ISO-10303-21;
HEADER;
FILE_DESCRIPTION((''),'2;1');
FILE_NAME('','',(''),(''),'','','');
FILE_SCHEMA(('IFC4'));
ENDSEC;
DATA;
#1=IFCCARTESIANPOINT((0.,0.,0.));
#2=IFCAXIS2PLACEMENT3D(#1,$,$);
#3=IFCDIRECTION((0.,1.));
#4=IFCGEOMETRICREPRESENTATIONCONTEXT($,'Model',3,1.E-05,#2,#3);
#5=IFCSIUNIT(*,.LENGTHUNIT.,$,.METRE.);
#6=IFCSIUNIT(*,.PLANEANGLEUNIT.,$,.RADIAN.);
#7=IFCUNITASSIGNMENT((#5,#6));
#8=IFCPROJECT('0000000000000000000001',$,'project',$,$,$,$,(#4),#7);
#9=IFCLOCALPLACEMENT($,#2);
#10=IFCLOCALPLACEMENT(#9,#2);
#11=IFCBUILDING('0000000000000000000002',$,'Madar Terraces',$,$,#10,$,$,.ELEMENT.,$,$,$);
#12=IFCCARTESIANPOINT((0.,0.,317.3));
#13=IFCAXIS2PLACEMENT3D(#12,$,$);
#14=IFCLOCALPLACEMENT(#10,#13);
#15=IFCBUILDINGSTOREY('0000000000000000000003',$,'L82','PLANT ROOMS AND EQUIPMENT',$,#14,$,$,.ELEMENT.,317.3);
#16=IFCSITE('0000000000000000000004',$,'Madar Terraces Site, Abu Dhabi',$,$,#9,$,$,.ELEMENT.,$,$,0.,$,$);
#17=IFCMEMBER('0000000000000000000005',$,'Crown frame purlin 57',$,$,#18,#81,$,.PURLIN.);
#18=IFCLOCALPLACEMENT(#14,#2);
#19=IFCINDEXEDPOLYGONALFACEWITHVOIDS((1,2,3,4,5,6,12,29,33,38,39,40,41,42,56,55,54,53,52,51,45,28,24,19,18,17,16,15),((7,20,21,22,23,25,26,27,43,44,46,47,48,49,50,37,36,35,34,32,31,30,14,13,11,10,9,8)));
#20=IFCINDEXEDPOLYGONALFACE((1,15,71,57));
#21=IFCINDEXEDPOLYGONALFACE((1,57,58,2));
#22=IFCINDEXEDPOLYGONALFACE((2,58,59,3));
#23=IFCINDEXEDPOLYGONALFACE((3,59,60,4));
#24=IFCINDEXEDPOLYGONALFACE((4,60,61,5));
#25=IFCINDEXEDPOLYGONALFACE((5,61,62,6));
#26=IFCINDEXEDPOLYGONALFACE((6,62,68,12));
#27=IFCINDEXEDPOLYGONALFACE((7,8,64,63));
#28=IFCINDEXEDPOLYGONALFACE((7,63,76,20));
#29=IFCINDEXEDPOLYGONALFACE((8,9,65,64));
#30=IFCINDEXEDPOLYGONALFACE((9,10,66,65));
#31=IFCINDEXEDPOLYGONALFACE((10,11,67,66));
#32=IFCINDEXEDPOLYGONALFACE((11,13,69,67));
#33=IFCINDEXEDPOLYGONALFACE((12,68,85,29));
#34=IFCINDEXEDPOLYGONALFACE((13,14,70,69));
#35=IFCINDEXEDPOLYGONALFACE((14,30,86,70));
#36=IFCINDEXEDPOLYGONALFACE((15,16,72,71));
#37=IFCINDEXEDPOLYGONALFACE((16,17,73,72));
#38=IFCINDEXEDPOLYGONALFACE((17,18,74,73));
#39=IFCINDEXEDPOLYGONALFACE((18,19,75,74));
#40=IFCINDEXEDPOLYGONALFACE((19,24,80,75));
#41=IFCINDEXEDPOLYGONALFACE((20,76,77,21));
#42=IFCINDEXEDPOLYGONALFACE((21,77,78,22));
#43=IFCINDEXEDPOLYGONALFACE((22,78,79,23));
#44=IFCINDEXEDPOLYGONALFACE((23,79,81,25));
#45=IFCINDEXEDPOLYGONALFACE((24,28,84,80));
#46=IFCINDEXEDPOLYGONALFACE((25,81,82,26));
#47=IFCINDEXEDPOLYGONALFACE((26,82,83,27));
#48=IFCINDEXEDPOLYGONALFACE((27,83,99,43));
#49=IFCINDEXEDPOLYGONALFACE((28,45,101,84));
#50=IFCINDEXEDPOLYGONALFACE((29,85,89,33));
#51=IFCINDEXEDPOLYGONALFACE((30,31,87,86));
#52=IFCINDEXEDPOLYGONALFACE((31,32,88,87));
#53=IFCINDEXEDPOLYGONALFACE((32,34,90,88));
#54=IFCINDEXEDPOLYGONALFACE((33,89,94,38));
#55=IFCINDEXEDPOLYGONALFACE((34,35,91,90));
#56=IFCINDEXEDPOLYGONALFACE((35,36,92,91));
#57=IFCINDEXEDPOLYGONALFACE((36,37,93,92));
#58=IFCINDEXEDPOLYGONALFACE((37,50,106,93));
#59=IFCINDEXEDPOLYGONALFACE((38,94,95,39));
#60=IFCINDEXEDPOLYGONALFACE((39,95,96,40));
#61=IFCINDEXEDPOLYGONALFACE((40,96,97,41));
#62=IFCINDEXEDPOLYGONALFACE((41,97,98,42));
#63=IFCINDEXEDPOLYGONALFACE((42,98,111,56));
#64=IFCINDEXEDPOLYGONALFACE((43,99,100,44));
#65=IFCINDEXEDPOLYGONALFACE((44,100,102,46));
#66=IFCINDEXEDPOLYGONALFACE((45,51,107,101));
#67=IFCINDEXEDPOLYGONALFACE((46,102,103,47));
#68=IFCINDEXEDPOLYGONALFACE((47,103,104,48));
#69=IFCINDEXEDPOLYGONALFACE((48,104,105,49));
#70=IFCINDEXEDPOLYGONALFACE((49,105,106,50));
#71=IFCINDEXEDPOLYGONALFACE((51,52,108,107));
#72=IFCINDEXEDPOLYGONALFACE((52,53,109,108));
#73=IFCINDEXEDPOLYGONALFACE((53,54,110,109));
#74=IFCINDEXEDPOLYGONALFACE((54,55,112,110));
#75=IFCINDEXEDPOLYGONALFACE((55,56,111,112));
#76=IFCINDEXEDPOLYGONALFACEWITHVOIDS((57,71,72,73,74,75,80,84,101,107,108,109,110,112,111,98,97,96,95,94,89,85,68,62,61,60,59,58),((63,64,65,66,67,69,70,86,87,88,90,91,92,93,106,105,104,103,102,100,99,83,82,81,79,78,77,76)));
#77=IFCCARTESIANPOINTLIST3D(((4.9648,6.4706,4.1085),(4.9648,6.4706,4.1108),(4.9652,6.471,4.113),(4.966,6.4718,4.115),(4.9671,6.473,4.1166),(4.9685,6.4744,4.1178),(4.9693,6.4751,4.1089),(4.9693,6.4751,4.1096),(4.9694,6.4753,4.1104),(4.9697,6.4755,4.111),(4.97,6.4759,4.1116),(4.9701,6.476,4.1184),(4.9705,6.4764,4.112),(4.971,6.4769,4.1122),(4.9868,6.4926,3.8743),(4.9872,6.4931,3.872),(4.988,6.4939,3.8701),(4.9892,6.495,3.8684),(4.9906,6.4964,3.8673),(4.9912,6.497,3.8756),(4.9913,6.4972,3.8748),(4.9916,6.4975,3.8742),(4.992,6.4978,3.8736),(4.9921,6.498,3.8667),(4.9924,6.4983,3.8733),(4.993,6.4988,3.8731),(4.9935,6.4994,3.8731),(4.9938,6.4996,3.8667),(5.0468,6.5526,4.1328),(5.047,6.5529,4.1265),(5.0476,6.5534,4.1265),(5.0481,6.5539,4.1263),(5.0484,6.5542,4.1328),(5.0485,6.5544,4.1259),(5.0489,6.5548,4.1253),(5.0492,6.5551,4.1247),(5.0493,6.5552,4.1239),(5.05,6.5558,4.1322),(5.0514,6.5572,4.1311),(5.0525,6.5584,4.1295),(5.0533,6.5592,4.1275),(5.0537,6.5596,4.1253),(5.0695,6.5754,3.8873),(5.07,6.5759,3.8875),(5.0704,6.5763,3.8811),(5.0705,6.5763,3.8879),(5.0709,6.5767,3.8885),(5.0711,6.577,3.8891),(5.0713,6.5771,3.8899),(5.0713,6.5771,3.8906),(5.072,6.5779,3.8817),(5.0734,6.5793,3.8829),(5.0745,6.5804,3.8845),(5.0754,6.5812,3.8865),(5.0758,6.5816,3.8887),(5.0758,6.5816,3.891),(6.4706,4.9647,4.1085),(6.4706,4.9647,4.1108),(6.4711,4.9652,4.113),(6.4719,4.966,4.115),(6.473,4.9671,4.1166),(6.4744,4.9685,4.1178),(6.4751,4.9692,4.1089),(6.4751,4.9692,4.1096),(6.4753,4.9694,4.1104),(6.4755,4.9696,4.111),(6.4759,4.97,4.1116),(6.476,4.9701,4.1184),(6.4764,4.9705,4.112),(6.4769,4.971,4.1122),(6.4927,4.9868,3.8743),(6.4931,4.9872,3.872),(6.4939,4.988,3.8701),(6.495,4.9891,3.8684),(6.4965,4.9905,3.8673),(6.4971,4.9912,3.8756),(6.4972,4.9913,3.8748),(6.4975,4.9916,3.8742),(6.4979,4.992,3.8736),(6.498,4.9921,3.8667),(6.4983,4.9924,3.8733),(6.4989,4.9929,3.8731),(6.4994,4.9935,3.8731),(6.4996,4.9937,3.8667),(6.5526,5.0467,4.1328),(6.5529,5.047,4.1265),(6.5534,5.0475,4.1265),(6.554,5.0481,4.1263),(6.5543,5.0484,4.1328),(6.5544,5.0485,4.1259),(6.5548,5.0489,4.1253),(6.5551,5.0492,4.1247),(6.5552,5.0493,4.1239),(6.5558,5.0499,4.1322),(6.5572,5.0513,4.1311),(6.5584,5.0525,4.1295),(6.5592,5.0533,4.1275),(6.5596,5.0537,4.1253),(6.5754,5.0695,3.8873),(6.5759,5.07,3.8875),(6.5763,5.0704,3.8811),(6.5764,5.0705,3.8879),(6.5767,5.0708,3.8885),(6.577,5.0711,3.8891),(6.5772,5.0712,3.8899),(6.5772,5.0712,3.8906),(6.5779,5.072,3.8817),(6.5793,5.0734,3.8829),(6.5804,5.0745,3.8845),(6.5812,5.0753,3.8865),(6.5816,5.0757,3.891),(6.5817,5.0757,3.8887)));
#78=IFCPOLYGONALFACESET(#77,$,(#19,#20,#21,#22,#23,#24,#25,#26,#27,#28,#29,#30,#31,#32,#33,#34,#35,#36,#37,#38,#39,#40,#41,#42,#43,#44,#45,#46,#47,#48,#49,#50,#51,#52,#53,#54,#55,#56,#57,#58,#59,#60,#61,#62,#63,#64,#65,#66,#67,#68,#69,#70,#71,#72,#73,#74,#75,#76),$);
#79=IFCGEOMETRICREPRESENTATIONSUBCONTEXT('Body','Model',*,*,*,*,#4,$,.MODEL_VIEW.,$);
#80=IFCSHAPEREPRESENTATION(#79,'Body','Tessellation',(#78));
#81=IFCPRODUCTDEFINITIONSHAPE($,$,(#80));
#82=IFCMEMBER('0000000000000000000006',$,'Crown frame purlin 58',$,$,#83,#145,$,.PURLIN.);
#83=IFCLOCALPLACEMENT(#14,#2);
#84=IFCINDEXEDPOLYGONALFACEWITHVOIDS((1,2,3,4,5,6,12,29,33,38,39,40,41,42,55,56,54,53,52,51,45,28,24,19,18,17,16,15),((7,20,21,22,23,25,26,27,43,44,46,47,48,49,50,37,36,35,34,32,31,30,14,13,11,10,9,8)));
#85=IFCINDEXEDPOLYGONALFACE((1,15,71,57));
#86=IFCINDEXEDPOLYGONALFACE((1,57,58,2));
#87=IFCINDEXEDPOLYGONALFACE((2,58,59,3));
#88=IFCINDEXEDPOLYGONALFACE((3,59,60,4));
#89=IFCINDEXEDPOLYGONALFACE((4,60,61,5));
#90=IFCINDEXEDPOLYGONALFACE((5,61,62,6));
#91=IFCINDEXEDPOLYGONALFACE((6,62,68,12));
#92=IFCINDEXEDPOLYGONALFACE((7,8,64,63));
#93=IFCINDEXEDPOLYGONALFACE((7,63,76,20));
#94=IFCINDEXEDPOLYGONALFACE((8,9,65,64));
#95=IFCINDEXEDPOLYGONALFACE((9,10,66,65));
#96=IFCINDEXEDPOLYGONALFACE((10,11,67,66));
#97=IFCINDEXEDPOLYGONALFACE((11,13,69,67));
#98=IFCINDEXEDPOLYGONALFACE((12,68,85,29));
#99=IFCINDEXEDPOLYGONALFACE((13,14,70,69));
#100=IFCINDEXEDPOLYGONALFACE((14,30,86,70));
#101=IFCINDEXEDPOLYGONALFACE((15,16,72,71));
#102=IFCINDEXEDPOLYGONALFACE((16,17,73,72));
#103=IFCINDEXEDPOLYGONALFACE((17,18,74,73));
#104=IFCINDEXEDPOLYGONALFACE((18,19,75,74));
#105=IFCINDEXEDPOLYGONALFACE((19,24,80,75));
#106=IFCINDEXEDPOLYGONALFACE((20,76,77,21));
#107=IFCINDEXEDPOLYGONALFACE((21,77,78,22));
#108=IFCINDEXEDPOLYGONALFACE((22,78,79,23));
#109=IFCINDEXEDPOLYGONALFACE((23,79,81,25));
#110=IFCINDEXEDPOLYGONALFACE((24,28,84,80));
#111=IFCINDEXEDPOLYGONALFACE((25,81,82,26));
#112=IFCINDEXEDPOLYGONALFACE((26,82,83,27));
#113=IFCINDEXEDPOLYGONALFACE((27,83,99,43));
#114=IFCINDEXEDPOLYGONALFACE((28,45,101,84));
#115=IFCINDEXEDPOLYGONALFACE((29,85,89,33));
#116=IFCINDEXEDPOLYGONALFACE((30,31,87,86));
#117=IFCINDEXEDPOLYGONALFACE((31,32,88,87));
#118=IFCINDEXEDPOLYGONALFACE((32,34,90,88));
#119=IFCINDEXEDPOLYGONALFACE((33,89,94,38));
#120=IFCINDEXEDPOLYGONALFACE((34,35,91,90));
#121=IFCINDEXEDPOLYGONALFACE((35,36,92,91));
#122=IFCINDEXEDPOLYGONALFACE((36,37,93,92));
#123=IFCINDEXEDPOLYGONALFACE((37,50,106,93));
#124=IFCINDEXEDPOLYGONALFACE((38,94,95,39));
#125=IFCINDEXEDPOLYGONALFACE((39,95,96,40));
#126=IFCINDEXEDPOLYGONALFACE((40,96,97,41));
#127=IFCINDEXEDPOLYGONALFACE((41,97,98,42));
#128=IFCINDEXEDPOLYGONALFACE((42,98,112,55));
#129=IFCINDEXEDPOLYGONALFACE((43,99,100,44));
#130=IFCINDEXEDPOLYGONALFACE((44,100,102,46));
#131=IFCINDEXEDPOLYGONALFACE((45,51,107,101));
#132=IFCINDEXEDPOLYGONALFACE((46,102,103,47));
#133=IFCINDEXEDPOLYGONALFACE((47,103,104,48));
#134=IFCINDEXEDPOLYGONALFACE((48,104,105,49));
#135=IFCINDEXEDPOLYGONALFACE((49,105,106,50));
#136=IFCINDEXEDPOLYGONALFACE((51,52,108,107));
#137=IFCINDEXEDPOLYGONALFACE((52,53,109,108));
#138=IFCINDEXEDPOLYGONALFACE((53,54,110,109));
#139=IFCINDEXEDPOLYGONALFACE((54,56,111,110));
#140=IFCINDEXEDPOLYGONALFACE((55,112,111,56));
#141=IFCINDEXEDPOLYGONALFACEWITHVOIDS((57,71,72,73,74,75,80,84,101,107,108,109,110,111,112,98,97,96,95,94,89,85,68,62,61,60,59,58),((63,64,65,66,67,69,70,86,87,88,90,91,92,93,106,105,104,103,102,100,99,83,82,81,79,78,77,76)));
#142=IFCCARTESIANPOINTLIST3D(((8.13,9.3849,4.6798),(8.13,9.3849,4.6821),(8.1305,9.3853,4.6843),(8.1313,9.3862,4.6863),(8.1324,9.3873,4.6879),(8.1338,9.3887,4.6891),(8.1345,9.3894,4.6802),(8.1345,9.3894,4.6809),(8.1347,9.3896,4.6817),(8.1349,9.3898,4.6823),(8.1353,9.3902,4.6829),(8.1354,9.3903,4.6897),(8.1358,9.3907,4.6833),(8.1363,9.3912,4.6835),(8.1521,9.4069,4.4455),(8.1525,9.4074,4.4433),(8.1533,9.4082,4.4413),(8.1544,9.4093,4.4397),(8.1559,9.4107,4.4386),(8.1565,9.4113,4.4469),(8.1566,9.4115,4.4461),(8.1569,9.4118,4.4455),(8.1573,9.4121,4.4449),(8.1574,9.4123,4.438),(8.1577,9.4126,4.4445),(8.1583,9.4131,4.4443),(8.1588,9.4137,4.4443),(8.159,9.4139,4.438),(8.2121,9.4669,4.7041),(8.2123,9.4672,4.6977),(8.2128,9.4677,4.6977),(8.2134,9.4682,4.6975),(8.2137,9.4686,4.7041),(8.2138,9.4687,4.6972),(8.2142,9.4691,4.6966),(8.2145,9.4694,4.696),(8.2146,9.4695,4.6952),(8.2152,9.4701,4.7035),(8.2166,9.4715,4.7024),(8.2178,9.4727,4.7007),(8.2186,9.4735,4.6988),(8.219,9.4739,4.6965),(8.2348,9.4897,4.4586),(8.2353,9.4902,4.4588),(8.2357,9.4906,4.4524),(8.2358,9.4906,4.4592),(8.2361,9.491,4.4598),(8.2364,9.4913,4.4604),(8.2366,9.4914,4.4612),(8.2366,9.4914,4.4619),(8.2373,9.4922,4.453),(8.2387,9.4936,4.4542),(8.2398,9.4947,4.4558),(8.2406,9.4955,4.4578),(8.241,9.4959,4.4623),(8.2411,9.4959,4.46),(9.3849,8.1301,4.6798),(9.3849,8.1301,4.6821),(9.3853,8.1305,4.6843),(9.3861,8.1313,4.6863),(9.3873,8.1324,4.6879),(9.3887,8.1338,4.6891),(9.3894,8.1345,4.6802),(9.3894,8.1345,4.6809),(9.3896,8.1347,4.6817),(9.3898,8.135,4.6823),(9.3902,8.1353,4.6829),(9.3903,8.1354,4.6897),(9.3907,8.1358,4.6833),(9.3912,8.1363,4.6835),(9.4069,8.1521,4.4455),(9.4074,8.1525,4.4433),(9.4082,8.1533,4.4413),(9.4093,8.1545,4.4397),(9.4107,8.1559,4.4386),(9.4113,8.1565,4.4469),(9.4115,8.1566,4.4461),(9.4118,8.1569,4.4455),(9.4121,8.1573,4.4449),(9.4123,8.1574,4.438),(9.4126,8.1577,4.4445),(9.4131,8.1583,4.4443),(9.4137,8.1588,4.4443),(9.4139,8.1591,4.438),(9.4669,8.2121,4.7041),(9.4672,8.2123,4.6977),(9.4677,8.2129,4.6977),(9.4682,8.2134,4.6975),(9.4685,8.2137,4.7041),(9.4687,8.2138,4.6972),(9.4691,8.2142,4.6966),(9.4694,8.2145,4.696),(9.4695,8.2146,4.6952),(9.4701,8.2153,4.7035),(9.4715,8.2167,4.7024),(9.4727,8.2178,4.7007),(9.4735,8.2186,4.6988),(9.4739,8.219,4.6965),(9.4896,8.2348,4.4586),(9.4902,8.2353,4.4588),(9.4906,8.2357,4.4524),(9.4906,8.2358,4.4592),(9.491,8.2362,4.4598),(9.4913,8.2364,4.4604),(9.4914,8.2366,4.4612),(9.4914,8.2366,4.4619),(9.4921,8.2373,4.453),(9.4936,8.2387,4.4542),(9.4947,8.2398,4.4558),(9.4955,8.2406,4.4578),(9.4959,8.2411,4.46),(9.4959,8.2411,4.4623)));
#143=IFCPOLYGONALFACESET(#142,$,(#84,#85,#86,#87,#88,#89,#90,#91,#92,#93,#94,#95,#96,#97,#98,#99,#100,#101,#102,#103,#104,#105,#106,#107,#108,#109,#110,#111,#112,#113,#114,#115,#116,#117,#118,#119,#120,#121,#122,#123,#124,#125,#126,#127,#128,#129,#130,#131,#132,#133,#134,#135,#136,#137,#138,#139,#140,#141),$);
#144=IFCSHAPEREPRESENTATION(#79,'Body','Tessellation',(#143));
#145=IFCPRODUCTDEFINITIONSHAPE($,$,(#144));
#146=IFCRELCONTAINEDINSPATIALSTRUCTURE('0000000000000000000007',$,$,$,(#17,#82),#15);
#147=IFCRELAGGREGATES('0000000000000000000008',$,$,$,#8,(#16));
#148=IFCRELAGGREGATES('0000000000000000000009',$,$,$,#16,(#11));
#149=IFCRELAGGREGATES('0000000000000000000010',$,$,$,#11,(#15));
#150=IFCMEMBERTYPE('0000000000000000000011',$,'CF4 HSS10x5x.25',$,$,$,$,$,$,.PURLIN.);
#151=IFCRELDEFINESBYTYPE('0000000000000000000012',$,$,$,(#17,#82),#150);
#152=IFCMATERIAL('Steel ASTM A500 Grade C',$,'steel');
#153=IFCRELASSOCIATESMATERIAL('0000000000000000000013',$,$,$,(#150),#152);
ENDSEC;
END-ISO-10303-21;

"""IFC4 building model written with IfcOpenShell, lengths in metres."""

from ifc_helpers import new_model, si_unit, direction, frame, origin, origin_2d, place, context, subcontext, project, spatial, hollow_rectangle, extrude, material, material_profile, profile_set, type_object, element, save


model = new_model("IFC4")

# Units and contexts
model_context = context("Model", 3, precision=1e-05, world=origin(), true_north=direction((0.0, 1.0)))
body_context = subcontext(model_context, "Body", "Model", "MODEL_VIEW")
ifc_project = project(units=[si_unit("LENGTHUNIT", "METRE"), si_unit("PLANEANGLEUNIT", "RADIAN")], contexts=[model_context])

# Site, building, storey
site_placement = place(None, origin())
site = spatial("IfcSite", under=ifc_project, at=site_placement, Name="Madar Terraces Site, Abu Dhabi", CompositionType="ELEMENT", RefElevation=0.0)
building_placement = place(site_placement, origin())
building = spatial("IfcBuilding", under=site, at=building_placement, Name="Madar Terraces", CompositionType="ELEMENT")
storey_placement = place(building_placement, frame((0.0, 0.0, 317.3)))
storey = spatial("IfcBuildingStorey", under=building, at=storey_placement, Name="L82", Description="PLANT ROOMS AND EQUIPMENT", CompositionType="ELEMENT", Elevation=317.3)

# Members
ifc_material_1 = material(Name="Steel ASTM A500 Grade C", Category="steel")
ifc_material_profile_1 = material_profile(ifc_material_1, hollow_rectangle(XDim=0.127, YDim=0.2539, WallThickness=0.0063, InnerFilletRadius=0.0029, OuterFilletRadius=0.0088, at=origin_2d()), Name="HSS10x5x.25")
ifc_profile_set_1 = profile_set([ifc_material_profile_1], Name="Steel ASTM A500 Grade C")
member_type_1 = type_object("IfcMemberType", Name="CF4 HSS10x5x.25", PredefinedType="PURLIN", material=ifc_profile_set_1)
member_1_placement = place(storey_placement, frame((5.0203, 6.5261, 3.9998), z_axis=(0.707107, -0.707107, 0.0), x_axis=(0.700941, 0.700941, 0.131765)))
element("IfcMember", 1, at=member_1_placement, inside=storey, type_object=member_type_1, Name="Crown frame purlin 57", PredefinedType="PURLIN", context=body_context, shape_type="SweptSolid", body=[
    extrude(hollow_rectangle(XDim=0.127, YDim=0.2539, WallThickness=0.0063, InnerFilletRadius=0.0029, OuterFilletRadius=0.0088, at=origin_2d()), origin(), (0.0, 0.0, 1.0), 2.1296),
])
member_2_placement = place(storey_placement, frame((8.1855, 9.4404, 4.571), z_axis=(0.707107, -0.707107, 0.0), x_axis=(0.700941, 0.700941, 0.131765)))
element("IfcMember", 2, at=member_2_placement, inside=storey, type_object=member_type_1, Name="Crown frame purlin 58", PredefinedType="PURLIN", context=body_context, shape_type="SweptSolid", body=[
    extrude(hollow_rectangle(XDim=0.127, YDim=0.2539, WallThickness=0.0063, InnerFilletRadius=0.0029, OuterFilletRadius=0.0088, at=origin_2d()), origin(), (0.0, 0.0, 1.0), 1.7747),
])

save(model, "model.ifc")
